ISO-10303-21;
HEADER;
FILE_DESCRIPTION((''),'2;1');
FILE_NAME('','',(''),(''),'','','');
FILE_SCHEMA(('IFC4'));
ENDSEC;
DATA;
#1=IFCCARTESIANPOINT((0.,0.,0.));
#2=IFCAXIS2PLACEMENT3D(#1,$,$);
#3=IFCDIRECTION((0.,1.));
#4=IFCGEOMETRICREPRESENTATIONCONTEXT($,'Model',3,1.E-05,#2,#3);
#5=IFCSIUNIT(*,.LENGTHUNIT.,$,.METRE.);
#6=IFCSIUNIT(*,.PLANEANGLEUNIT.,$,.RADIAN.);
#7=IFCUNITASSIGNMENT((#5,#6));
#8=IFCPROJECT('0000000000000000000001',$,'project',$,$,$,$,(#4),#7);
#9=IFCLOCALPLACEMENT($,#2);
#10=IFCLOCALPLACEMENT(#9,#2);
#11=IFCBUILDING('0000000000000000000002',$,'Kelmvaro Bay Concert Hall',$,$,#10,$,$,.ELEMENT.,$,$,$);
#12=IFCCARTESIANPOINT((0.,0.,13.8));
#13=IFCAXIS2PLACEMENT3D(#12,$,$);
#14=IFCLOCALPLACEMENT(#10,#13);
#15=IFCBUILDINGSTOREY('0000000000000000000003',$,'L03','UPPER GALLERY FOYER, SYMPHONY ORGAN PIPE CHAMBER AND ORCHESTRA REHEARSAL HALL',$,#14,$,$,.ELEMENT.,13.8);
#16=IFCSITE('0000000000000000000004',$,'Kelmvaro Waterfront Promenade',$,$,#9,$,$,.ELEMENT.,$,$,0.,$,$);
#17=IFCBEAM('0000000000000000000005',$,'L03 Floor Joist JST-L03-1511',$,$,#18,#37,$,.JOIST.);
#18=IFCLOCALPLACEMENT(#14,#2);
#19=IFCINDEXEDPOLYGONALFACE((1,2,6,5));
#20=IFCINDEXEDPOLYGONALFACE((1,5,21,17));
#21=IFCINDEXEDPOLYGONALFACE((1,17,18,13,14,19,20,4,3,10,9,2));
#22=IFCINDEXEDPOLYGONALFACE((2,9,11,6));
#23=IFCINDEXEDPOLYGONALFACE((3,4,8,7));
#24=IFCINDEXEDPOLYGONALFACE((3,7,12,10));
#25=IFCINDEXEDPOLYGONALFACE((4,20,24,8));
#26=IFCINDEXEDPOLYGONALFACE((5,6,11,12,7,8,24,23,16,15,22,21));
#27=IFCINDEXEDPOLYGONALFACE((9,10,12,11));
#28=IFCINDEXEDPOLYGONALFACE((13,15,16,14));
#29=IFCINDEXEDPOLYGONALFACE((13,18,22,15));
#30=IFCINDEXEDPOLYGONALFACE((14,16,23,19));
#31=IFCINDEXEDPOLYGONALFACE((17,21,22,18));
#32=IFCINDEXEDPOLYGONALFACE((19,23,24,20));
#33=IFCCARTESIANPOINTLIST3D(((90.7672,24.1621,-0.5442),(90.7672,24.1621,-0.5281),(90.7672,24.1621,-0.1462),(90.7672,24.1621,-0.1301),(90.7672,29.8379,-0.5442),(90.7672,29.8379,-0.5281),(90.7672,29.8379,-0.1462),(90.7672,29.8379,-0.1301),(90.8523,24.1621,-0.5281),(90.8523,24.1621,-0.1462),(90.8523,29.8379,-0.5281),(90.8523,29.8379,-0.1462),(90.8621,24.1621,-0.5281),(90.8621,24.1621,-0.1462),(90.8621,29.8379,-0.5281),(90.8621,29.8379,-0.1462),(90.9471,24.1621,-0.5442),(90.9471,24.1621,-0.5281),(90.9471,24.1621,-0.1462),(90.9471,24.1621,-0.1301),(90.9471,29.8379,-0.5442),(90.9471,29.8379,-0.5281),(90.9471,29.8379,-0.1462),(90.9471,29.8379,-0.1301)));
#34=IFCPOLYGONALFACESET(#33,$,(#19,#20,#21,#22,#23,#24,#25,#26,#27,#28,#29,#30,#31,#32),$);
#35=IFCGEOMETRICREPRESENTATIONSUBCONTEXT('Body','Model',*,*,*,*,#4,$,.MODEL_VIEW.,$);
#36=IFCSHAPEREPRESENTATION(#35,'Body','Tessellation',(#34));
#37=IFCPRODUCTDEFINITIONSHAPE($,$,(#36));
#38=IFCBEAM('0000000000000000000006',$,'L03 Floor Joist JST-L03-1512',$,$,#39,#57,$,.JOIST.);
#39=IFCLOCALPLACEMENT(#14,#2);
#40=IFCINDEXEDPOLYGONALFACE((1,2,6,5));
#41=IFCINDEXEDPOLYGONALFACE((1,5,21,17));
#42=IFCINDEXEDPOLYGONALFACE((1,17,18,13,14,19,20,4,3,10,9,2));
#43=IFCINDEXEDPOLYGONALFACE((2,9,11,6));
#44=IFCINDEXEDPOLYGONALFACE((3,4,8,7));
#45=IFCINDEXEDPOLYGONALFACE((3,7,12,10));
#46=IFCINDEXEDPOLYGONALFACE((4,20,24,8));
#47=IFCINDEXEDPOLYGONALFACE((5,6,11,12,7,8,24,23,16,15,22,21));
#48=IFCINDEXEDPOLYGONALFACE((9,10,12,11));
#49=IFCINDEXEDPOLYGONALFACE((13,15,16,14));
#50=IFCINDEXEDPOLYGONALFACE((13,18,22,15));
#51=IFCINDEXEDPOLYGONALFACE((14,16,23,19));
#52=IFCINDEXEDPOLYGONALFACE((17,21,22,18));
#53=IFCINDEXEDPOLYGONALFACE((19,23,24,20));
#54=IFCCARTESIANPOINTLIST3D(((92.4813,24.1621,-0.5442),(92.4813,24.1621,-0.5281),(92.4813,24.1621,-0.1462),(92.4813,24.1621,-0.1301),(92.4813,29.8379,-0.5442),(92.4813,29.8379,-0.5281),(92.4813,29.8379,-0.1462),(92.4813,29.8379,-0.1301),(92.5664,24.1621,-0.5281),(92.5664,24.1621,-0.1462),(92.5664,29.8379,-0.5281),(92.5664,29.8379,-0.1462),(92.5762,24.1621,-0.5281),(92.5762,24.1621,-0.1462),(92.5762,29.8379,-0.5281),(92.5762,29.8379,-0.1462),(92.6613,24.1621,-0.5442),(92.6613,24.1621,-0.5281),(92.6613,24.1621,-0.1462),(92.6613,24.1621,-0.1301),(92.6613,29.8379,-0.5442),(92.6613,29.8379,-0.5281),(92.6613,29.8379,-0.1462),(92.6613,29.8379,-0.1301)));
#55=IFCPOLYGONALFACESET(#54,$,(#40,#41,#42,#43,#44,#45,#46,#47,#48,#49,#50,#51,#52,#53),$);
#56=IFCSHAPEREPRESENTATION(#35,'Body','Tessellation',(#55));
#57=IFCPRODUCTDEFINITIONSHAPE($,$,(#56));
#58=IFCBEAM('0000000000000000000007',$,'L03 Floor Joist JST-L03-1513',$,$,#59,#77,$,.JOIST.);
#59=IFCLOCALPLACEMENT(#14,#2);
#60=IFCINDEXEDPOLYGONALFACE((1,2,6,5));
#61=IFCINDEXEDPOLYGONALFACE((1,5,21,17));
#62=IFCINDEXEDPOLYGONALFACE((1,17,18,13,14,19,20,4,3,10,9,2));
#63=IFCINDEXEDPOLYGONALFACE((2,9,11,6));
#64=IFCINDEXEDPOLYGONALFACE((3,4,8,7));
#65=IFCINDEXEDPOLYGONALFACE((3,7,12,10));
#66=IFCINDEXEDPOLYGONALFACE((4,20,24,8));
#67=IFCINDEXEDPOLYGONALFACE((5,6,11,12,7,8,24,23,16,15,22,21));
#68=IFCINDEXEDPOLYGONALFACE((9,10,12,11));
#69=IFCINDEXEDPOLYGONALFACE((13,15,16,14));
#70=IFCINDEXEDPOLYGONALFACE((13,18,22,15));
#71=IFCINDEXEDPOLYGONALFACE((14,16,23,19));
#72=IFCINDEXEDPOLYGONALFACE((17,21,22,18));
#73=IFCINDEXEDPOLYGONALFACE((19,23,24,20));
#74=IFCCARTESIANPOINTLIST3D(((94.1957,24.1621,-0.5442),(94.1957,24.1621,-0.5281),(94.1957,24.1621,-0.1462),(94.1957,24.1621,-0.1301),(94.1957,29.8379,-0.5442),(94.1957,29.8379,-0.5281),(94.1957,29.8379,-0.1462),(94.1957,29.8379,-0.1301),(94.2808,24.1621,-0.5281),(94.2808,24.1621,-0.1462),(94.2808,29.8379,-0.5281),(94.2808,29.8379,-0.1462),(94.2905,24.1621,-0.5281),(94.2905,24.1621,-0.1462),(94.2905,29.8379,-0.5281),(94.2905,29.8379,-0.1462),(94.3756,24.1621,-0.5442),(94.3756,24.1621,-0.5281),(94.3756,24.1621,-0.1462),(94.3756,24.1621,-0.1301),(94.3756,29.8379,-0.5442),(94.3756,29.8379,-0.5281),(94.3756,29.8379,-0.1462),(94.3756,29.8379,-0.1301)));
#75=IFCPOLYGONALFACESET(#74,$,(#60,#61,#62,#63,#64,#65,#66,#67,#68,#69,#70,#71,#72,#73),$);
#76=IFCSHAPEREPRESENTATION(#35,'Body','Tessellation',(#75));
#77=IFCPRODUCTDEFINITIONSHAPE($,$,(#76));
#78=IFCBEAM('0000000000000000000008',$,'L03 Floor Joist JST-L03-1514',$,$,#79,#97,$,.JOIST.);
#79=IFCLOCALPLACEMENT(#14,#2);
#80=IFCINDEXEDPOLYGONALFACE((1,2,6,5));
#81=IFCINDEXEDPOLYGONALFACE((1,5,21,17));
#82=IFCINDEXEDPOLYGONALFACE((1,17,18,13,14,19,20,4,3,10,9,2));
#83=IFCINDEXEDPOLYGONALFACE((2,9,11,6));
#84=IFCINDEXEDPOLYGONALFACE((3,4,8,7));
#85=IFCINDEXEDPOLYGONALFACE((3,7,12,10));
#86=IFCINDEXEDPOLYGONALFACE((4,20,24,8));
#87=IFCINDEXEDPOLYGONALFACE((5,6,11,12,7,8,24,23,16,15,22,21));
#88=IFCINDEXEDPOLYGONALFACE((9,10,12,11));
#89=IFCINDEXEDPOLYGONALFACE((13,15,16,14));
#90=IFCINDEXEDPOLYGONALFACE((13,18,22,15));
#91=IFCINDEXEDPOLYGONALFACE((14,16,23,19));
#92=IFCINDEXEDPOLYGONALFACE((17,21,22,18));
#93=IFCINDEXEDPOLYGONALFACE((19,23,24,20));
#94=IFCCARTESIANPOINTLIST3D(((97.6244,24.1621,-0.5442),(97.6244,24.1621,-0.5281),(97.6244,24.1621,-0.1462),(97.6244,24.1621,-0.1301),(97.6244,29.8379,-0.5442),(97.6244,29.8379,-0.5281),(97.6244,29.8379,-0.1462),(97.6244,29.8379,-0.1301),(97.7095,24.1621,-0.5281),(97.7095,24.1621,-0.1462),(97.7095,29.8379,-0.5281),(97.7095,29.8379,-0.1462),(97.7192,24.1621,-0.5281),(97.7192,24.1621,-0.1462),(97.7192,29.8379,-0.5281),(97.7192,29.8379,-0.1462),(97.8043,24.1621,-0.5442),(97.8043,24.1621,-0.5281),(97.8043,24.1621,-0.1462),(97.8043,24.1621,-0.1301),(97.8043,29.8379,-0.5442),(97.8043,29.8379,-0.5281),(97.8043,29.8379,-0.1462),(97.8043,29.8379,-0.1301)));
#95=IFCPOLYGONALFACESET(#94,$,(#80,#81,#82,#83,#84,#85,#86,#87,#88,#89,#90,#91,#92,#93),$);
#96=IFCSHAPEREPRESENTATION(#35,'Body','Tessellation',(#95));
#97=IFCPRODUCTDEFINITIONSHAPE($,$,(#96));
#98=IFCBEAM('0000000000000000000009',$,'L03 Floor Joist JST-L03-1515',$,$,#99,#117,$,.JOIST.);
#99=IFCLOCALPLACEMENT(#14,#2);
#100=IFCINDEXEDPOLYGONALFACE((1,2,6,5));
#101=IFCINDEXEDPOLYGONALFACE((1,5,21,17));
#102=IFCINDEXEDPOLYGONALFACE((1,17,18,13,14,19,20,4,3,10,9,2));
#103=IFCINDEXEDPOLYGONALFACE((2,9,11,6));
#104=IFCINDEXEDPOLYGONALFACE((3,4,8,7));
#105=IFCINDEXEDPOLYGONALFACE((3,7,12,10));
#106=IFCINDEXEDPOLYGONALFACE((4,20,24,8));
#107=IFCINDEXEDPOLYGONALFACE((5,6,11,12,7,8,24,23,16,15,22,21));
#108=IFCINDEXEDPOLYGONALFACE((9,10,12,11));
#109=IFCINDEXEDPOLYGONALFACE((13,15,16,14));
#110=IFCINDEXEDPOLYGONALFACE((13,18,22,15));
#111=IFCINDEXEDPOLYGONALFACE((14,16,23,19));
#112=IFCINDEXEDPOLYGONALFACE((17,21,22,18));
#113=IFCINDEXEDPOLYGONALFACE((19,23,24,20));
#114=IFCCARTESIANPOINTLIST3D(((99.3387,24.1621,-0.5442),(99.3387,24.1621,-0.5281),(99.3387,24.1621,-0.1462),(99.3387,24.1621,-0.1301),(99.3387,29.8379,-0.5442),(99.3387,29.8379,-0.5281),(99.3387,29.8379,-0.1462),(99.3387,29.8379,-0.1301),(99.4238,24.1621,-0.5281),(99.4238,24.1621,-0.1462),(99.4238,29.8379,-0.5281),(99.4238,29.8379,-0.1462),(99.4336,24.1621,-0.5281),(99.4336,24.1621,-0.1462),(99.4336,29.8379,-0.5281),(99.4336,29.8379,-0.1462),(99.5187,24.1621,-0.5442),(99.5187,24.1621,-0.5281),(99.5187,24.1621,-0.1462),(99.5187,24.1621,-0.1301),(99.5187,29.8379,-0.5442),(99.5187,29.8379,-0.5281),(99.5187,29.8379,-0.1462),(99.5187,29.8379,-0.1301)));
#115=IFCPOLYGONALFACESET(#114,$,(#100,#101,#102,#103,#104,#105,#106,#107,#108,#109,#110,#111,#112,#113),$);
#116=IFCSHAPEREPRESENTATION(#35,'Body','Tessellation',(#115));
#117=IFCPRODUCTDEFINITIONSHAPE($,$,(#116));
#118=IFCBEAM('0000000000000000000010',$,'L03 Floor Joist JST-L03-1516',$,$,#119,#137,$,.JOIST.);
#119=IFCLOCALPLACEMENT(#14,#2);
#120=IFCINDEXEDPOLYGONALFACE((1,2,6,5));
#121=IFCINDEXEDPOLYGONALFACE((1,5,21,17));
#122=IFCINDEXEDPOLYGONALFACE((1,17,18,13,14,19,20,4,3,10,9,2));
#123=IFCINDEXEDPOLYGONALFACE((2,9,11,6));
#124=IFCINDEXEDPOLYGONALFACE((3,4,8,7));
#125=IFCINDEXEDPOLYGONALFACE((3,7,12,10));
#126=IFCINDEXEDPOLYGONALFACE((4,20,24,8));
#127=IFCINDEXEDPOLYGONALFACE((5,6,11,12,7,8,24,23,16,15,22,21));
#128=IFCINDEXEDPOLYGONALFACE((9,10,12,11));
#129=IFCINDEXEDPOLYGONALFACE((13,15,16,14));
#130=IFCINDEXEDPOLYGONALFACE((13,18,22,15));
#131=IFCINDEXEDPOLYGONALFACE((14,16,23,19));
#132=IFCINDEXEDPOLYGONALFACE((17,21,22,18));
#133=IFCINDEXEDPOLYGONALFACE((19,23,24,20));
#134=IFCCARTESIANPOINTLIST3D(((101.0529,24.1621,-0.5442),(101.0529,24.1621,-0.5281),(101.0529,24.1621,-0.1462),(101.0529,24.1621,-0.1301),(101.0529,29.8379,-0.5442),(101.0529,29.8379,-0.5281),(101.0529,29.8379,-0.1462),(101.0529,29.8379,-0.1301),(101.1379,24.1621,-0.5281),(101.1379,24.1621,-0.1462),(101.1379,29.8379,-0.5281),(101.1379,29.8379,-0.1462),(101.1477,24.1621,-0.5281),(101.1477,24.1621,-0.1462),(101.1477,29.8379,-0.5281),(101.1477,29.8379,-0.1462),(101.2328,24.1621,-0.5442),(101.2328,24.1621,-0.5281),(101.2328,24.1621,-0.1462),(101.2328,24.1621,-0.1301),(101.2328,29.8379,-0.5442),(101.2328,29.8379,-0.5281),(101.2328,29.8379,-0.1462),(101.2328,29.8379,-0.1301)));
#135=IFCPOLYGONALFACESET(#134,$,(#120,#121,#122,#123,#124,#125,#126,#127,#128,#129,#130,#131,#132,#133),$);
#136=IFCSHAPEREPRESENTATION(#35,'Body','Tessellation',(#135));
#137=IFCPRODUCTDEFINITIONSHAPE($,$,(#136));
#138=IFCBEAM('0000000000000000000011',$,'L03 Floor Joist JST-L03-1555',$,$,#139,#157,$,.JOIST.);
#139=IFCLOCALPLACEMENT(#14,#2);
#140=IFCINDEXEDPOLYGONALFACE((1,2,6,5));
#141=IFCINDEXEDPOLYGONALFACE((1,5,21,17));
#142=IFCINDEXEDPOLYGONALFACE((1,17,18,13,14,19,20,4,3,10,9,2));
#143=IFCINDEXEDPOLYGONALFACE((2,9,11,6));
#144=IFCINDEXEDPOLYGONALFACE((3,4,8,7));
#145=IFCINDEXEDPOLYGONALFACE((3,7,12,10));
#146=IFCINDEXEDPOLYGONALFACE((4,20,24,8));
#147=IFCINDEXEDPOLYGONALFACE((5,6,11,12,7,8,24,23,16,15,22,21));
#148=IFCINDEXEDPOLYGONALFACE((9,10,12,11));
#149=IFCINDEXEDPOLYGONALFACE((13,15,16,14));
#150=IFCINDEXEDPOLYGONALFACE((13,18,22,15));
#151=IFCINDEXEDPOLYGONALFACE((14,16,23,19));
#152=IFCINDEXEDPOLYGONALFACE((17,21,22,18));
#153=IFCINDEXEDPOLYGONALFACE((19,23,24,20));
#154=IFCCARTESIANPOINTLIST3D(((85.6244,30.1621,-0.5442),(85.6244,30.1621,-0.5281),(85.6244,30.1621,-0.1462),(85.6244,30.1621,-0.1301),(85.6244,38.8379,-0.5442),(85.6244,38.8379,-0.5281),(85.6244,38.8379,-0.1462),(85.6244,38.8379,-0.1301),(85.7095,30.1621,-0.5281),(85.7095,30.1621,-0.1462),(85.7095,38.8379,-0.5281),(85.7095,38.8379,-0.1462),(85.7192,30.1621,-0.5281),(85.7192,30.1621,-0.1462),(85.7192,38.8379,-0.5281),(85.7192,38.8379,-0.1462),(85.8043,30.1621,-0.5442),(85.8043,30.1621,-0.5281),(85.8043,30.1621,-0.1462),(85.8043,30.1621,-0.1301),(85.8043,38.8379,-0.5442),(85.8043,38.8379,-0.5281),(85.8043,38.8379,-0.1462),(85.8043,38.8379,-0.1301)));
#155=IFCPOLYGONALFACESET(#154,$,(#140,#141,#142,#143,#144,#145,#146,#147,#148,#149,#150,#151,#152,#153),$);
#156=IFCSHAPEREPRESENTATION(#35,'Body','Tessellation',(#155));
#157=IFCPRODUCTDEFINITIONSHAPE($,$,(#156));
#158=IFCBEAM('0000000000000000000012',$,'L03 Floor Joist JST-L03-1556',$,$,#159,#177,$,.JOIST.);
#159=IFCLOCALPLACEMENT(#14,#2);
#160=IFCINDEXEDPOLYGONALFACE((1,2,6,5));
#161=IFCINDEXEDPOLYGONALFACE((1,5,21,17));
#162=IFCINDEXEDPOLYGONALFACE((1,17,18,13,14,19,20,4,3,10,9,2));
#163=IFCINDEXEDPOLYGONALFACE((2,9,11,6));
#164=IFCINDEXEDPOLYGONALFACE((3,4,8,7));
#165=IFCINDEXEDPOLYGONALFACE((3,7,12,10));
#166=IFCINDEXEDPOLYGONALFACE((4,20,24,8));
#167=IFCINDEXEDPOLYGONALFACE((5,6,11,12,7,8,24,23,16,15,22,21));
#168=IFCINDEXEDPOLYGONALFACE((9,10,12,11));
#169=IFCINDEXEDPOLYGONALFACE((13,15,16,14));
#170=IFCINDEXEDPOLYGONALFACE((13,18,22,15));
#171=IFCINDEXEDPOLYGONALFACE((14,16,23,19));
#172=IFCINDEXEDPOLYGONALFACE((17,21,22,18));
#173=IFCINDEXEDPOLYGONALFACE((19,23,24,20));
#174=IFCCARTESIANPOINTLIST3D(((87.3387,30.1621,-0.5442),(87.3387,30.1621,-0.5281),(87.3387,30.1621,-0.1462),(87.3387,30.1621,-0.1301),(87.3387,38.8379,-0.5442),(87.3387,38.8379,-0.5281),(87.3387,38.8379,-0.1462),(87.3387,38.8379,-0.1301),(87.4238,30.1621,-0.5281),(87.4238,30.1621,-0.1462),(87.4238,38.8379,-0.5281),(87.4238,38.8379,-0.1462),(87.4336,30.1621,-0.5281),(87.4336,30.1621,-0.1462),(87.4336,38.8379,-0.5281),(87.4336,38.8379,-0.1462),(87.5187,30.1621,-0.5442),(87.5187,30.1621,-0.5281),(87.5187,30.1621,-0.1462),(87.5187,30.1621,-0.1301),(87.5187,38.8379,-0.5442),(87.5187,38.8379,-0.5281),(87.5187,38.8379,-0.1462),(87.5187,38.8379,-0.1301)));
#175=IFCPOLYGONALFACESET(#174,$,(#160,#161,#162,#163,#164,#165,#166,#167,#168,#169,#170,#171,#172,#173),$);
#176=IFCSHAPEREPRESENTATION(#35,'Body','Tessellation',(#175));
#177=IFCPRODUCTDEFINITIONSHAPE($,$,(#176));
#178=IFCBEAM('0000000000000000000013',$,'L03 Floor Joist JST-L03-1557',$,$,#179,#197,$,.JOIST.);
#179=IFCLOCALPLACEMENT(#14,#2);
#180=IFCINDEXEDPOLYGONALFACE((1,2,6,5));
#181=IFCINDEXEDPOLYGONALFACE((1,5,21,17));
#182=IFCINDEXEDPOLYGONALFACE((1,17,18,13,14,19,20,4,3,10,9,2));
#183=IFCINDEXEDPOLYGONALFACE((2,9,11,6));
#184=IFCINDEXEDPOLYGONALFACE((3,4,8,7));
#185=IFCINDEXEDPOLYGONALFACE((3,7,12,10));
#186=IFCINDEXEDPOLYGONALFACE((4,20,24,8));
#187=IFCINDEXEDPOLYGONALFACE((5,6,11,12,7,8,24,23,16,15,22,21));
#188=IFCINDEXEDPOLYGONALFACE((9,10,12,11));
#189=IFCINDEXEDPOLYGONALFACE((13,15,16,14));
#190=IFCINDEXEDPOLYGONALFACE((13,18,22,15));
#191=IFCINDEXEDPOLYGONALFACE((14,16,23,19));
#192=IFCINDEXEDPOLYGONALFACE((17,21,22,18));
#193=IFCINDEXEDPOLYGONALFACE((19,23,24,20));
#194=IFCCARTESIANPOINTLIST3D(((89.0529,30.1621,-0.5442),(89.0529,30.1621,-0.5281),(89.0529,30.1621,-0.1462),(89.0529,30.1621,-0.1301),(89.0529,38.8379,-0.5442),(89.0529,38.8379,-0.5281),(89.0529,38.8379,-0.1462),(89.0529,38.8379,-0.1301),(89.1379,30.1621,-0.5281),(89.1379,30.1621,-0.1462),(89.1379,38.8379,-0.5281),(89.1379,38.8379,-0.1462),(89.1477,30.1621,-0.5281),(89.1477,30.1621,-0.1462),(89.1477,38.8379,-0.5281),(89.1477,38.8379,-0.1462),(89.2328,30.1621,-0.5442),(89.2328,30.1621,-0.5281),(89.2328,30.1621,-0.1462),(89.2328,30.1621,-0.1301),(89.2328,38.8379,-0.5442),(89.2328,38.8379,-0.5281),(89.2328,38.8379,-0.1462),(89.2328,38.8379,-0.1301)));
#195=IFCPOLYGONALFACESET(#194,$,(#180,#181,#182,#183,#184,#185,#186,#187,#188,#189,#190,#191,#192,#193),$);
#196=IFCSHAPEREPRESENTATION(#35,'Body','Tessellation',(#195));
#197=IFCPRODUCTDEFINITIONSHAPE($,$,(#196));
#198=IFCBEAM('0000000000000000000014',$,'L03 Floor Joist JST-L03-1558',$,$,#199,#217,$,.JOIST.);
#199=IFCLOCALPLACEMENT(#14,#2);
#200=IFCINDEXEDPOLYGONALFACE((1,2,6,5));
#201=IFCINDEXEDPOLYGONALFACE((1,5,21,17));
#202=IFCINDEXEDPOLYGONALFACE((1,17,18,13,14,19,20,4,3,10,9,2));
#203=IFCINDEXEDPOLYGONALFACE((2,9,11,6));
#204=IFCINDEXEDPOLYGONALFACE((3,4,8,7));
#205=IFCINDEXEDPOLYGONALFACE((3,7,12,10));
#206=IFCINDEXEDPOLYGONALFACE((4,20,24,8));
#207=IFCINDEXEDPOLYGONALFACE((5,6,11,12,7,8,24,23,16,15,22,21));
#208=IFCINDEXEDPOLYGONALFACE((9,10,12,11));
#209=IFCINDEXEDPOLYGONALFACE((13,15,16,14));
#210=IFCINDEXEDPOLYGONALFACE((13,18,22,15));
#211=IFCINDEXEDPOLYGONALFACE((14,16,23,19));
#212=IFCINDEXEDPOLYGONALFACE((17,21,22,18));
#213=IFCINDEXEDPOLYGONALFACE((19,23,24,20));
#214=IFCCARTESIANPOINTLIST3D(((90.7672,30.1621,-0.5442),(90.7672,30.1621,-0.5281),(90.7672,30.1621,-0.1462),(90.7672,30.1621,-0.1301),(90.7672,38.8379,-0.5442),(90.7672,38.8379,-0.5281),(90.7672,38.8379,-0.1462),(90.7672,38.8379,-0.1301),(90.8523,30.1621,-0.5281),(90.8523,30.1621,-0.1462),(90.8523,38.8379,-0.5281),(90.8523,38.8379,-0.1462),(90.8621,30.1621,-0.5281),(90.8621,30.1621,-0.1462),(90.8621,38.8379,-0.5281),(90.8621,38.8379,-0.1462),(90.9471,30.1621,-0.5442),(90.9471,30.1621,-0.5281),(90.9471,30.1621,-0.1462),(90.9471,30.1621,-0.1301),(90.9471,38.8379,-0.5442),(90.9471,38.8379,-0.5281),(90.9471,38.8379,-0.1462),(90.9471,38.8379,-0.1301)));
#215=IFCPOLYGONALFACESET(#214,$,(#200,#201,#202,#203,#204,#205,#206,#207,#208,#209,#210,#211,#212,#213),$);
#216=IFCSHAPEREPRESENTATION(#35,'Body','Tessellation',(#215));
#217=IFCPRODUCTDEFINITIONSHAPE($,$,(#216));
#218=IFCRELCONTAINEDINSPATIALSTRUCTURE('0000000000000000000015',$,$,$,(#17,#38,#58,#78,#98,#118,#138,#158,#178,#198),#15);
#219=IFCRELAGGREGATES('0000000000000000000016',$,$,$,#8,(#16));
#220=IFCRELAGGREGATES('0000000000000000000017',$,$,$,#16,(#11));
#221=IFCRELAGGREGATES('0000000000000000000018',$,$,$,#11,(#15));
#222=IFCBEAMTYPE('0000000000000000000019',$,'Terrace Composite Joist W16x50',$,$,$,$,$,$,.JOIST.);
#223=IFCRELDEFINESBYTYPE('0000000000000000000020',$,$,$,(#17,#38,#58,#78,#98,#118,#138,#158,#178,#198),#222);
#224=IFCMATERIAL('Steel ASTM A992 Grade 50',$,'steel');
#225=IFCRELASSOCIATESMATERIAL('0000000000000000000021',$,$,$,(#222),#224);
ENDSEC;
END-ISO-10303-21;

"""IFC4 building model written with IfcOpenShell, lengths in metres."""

from ifc_helpers import new_model, si_unit, direction, frame, origin, origin_2d, place, context, subcontext, project, spatial, i_section, extrude, material, material_profile, profile_set, type_object, element, save


model = new_model("IFC4")

# Units and contexts
model_context = context("Model", 3, precision=1e-05, world=origin(), true_north=direction((0.0, 1.0)))
body_context = subcontext(model_context, "Body", "Model", "MODEL_VIEW")
ifc_project = project(units=[si_unit("LENGTHUNIT", "METRE"), si_unit("PLANEANGLEUNIT", "RADIAN")], contexts=[model_context])

# Site, building, storey
site_placement = place(None, origin())
site = spatial("IfcSite", under=ifc_project, at=site_placement, Name="Kelmvaro Waterfront Promenade", CompositionType="ELEMENT", RefElevation=0.0)
building_placement = place(site_placement, origin())
building = spatial("IfcBuilding", under=site, at=building_placement, Name="Kelmvaro Bay Concert Hall", CompositionType="ELEMENT")
storey_placement = place(building_placement, frame((0.0, 0.0, 13.8)))
storey = spatial("IfcBuildingStorey", under=building, at=storey_placement, Name="L03", Description="UPPER GALLERY FOYER, SYMPHONY ORGAN PIPE CHAMBER AND ORCHESTRA REHEARSAL HALL", CompositionType="ELEMENT", Elevation=13.8)

# Beams
ifc_material_1 = material(Name="Steel ASTM A992 Grade 50", Category="steel")
ifc_material_profile_1 = material_profile(ifc_material_1, i_section(OverallWidth=0.1799, OverallDepth=0.4141, WebThickness=0.0098, FlangeThickness=0.0161, at=origin_2d()), Name="W16X50")
ifc_profile_set_1 = profile_set([ifc_material_profile_1], Name="Steel ASTM A992 Grade 50")
beam_type_1 = type_object("IfcBeamType", Name="Terrace Composite Joist W16x50", PredefinedType="JOIST", material=ifc_profile_set_1)
for number, where, z_axis, x_axis, name in (
    (1, (90.8572, 24.1621, -0.3372), (0.0, 1.0, 0.0), (-1.0, 0.0, 0.0), "L03 Floor Joist JST-L03-1511"),
    (2, (92.5713, 24.1621, -0.3372), (0.0, 1.0, 0.0), (-1.0, 0.0, 0.0), "L03 Floor Joist JST-L03-1512"),
    (3, (94.2856, 24.1621, -0.3372), (0.0, 1.0, 0.0), (-1.0, 0.0, 0.0), "L03 Floor Joist JST-L03-1513"),
    (4, (97.7144, 24.1621, -0.3372), (0.0, 1.0, 0.0), (-1.0, 0.0, 0.0), "L03 Floor Joist JST-L03-1514"),
    (5, (99.4287, 24.1621, -0.3372), (0.0, 1.0, 0.0), (-1.0, 0.0, 0.0), "L03 Floor Joist JST-L03-1515"),
    (6, (101.1428, 24.1621, -0.3372), (0.0, 1.0, 0.0), (-1.0, 0.0, 0.0), "L03 Floor Joist JST-L03-1516"),
):
    element("IfcBeam", number, at=place(storey_placement, frame(where, z_axis=z_axis, x_axis=x_axis)), inside=storey, type_object=beam_type_1, Name=name, PredefinedType="JOIST", context=body_context, shape_type="SweptSolid", body=[
        extrude(i_section(OverallWidth=0.1799, OverallDepth=0.4141, WebThickness=0.0098, FlangeThickness=0.0161, at=origin_2d()), origin(), (0.0, 0.0, 1.0), 5.6758),
    ])
for number, where, z_axis, x_axis, name in (
    (7, (85.7144, 30.1621, -0.3372), (0.0, 1.0, 0.0), (-1.0, 0.0, 0.0), "L03 Floor Joist JST-L03-1555"),
    (8, (87.4287, 30.1621, -0.3372), (0.0, 1.0, 0.0), (-1.0, 0.0, 0.0), "L03 Floor Joist JST-L03-1556"),
    (9, (89.1428, 30.1621, -0.3372), (0.0, 1.0, 0.0), (-1.0, 0.0, 0.0), "L03 Floor Joist JST-L03-1557"),
    (10, (90.8572, 30.1621, -0.3372), (0.0, 1.0, 0.0), (-1.0, 0.0, 0.0), "L03 Floor Joist JST-L03-1558"),
):
    element("IfcBeam", number, at=place(storey_placement, frame(where, z_axis=z_axis, x_axis=x_axis)), inside=storey, type_object=beam_type_1, Name=name, PredefinedType="JOIST", context=body_context, shape_type="SweptSolid", body=[
        extrude(i_section(OverallWidth=0.1799, OverallDepth=0.4141, WebThickness=0.0098, FlangeThickness=0.0161, at=origin_2d()), origin(), (0.0, 0.0, 1.0), 8.6758),
    ])

save(model, "model.ifc")
